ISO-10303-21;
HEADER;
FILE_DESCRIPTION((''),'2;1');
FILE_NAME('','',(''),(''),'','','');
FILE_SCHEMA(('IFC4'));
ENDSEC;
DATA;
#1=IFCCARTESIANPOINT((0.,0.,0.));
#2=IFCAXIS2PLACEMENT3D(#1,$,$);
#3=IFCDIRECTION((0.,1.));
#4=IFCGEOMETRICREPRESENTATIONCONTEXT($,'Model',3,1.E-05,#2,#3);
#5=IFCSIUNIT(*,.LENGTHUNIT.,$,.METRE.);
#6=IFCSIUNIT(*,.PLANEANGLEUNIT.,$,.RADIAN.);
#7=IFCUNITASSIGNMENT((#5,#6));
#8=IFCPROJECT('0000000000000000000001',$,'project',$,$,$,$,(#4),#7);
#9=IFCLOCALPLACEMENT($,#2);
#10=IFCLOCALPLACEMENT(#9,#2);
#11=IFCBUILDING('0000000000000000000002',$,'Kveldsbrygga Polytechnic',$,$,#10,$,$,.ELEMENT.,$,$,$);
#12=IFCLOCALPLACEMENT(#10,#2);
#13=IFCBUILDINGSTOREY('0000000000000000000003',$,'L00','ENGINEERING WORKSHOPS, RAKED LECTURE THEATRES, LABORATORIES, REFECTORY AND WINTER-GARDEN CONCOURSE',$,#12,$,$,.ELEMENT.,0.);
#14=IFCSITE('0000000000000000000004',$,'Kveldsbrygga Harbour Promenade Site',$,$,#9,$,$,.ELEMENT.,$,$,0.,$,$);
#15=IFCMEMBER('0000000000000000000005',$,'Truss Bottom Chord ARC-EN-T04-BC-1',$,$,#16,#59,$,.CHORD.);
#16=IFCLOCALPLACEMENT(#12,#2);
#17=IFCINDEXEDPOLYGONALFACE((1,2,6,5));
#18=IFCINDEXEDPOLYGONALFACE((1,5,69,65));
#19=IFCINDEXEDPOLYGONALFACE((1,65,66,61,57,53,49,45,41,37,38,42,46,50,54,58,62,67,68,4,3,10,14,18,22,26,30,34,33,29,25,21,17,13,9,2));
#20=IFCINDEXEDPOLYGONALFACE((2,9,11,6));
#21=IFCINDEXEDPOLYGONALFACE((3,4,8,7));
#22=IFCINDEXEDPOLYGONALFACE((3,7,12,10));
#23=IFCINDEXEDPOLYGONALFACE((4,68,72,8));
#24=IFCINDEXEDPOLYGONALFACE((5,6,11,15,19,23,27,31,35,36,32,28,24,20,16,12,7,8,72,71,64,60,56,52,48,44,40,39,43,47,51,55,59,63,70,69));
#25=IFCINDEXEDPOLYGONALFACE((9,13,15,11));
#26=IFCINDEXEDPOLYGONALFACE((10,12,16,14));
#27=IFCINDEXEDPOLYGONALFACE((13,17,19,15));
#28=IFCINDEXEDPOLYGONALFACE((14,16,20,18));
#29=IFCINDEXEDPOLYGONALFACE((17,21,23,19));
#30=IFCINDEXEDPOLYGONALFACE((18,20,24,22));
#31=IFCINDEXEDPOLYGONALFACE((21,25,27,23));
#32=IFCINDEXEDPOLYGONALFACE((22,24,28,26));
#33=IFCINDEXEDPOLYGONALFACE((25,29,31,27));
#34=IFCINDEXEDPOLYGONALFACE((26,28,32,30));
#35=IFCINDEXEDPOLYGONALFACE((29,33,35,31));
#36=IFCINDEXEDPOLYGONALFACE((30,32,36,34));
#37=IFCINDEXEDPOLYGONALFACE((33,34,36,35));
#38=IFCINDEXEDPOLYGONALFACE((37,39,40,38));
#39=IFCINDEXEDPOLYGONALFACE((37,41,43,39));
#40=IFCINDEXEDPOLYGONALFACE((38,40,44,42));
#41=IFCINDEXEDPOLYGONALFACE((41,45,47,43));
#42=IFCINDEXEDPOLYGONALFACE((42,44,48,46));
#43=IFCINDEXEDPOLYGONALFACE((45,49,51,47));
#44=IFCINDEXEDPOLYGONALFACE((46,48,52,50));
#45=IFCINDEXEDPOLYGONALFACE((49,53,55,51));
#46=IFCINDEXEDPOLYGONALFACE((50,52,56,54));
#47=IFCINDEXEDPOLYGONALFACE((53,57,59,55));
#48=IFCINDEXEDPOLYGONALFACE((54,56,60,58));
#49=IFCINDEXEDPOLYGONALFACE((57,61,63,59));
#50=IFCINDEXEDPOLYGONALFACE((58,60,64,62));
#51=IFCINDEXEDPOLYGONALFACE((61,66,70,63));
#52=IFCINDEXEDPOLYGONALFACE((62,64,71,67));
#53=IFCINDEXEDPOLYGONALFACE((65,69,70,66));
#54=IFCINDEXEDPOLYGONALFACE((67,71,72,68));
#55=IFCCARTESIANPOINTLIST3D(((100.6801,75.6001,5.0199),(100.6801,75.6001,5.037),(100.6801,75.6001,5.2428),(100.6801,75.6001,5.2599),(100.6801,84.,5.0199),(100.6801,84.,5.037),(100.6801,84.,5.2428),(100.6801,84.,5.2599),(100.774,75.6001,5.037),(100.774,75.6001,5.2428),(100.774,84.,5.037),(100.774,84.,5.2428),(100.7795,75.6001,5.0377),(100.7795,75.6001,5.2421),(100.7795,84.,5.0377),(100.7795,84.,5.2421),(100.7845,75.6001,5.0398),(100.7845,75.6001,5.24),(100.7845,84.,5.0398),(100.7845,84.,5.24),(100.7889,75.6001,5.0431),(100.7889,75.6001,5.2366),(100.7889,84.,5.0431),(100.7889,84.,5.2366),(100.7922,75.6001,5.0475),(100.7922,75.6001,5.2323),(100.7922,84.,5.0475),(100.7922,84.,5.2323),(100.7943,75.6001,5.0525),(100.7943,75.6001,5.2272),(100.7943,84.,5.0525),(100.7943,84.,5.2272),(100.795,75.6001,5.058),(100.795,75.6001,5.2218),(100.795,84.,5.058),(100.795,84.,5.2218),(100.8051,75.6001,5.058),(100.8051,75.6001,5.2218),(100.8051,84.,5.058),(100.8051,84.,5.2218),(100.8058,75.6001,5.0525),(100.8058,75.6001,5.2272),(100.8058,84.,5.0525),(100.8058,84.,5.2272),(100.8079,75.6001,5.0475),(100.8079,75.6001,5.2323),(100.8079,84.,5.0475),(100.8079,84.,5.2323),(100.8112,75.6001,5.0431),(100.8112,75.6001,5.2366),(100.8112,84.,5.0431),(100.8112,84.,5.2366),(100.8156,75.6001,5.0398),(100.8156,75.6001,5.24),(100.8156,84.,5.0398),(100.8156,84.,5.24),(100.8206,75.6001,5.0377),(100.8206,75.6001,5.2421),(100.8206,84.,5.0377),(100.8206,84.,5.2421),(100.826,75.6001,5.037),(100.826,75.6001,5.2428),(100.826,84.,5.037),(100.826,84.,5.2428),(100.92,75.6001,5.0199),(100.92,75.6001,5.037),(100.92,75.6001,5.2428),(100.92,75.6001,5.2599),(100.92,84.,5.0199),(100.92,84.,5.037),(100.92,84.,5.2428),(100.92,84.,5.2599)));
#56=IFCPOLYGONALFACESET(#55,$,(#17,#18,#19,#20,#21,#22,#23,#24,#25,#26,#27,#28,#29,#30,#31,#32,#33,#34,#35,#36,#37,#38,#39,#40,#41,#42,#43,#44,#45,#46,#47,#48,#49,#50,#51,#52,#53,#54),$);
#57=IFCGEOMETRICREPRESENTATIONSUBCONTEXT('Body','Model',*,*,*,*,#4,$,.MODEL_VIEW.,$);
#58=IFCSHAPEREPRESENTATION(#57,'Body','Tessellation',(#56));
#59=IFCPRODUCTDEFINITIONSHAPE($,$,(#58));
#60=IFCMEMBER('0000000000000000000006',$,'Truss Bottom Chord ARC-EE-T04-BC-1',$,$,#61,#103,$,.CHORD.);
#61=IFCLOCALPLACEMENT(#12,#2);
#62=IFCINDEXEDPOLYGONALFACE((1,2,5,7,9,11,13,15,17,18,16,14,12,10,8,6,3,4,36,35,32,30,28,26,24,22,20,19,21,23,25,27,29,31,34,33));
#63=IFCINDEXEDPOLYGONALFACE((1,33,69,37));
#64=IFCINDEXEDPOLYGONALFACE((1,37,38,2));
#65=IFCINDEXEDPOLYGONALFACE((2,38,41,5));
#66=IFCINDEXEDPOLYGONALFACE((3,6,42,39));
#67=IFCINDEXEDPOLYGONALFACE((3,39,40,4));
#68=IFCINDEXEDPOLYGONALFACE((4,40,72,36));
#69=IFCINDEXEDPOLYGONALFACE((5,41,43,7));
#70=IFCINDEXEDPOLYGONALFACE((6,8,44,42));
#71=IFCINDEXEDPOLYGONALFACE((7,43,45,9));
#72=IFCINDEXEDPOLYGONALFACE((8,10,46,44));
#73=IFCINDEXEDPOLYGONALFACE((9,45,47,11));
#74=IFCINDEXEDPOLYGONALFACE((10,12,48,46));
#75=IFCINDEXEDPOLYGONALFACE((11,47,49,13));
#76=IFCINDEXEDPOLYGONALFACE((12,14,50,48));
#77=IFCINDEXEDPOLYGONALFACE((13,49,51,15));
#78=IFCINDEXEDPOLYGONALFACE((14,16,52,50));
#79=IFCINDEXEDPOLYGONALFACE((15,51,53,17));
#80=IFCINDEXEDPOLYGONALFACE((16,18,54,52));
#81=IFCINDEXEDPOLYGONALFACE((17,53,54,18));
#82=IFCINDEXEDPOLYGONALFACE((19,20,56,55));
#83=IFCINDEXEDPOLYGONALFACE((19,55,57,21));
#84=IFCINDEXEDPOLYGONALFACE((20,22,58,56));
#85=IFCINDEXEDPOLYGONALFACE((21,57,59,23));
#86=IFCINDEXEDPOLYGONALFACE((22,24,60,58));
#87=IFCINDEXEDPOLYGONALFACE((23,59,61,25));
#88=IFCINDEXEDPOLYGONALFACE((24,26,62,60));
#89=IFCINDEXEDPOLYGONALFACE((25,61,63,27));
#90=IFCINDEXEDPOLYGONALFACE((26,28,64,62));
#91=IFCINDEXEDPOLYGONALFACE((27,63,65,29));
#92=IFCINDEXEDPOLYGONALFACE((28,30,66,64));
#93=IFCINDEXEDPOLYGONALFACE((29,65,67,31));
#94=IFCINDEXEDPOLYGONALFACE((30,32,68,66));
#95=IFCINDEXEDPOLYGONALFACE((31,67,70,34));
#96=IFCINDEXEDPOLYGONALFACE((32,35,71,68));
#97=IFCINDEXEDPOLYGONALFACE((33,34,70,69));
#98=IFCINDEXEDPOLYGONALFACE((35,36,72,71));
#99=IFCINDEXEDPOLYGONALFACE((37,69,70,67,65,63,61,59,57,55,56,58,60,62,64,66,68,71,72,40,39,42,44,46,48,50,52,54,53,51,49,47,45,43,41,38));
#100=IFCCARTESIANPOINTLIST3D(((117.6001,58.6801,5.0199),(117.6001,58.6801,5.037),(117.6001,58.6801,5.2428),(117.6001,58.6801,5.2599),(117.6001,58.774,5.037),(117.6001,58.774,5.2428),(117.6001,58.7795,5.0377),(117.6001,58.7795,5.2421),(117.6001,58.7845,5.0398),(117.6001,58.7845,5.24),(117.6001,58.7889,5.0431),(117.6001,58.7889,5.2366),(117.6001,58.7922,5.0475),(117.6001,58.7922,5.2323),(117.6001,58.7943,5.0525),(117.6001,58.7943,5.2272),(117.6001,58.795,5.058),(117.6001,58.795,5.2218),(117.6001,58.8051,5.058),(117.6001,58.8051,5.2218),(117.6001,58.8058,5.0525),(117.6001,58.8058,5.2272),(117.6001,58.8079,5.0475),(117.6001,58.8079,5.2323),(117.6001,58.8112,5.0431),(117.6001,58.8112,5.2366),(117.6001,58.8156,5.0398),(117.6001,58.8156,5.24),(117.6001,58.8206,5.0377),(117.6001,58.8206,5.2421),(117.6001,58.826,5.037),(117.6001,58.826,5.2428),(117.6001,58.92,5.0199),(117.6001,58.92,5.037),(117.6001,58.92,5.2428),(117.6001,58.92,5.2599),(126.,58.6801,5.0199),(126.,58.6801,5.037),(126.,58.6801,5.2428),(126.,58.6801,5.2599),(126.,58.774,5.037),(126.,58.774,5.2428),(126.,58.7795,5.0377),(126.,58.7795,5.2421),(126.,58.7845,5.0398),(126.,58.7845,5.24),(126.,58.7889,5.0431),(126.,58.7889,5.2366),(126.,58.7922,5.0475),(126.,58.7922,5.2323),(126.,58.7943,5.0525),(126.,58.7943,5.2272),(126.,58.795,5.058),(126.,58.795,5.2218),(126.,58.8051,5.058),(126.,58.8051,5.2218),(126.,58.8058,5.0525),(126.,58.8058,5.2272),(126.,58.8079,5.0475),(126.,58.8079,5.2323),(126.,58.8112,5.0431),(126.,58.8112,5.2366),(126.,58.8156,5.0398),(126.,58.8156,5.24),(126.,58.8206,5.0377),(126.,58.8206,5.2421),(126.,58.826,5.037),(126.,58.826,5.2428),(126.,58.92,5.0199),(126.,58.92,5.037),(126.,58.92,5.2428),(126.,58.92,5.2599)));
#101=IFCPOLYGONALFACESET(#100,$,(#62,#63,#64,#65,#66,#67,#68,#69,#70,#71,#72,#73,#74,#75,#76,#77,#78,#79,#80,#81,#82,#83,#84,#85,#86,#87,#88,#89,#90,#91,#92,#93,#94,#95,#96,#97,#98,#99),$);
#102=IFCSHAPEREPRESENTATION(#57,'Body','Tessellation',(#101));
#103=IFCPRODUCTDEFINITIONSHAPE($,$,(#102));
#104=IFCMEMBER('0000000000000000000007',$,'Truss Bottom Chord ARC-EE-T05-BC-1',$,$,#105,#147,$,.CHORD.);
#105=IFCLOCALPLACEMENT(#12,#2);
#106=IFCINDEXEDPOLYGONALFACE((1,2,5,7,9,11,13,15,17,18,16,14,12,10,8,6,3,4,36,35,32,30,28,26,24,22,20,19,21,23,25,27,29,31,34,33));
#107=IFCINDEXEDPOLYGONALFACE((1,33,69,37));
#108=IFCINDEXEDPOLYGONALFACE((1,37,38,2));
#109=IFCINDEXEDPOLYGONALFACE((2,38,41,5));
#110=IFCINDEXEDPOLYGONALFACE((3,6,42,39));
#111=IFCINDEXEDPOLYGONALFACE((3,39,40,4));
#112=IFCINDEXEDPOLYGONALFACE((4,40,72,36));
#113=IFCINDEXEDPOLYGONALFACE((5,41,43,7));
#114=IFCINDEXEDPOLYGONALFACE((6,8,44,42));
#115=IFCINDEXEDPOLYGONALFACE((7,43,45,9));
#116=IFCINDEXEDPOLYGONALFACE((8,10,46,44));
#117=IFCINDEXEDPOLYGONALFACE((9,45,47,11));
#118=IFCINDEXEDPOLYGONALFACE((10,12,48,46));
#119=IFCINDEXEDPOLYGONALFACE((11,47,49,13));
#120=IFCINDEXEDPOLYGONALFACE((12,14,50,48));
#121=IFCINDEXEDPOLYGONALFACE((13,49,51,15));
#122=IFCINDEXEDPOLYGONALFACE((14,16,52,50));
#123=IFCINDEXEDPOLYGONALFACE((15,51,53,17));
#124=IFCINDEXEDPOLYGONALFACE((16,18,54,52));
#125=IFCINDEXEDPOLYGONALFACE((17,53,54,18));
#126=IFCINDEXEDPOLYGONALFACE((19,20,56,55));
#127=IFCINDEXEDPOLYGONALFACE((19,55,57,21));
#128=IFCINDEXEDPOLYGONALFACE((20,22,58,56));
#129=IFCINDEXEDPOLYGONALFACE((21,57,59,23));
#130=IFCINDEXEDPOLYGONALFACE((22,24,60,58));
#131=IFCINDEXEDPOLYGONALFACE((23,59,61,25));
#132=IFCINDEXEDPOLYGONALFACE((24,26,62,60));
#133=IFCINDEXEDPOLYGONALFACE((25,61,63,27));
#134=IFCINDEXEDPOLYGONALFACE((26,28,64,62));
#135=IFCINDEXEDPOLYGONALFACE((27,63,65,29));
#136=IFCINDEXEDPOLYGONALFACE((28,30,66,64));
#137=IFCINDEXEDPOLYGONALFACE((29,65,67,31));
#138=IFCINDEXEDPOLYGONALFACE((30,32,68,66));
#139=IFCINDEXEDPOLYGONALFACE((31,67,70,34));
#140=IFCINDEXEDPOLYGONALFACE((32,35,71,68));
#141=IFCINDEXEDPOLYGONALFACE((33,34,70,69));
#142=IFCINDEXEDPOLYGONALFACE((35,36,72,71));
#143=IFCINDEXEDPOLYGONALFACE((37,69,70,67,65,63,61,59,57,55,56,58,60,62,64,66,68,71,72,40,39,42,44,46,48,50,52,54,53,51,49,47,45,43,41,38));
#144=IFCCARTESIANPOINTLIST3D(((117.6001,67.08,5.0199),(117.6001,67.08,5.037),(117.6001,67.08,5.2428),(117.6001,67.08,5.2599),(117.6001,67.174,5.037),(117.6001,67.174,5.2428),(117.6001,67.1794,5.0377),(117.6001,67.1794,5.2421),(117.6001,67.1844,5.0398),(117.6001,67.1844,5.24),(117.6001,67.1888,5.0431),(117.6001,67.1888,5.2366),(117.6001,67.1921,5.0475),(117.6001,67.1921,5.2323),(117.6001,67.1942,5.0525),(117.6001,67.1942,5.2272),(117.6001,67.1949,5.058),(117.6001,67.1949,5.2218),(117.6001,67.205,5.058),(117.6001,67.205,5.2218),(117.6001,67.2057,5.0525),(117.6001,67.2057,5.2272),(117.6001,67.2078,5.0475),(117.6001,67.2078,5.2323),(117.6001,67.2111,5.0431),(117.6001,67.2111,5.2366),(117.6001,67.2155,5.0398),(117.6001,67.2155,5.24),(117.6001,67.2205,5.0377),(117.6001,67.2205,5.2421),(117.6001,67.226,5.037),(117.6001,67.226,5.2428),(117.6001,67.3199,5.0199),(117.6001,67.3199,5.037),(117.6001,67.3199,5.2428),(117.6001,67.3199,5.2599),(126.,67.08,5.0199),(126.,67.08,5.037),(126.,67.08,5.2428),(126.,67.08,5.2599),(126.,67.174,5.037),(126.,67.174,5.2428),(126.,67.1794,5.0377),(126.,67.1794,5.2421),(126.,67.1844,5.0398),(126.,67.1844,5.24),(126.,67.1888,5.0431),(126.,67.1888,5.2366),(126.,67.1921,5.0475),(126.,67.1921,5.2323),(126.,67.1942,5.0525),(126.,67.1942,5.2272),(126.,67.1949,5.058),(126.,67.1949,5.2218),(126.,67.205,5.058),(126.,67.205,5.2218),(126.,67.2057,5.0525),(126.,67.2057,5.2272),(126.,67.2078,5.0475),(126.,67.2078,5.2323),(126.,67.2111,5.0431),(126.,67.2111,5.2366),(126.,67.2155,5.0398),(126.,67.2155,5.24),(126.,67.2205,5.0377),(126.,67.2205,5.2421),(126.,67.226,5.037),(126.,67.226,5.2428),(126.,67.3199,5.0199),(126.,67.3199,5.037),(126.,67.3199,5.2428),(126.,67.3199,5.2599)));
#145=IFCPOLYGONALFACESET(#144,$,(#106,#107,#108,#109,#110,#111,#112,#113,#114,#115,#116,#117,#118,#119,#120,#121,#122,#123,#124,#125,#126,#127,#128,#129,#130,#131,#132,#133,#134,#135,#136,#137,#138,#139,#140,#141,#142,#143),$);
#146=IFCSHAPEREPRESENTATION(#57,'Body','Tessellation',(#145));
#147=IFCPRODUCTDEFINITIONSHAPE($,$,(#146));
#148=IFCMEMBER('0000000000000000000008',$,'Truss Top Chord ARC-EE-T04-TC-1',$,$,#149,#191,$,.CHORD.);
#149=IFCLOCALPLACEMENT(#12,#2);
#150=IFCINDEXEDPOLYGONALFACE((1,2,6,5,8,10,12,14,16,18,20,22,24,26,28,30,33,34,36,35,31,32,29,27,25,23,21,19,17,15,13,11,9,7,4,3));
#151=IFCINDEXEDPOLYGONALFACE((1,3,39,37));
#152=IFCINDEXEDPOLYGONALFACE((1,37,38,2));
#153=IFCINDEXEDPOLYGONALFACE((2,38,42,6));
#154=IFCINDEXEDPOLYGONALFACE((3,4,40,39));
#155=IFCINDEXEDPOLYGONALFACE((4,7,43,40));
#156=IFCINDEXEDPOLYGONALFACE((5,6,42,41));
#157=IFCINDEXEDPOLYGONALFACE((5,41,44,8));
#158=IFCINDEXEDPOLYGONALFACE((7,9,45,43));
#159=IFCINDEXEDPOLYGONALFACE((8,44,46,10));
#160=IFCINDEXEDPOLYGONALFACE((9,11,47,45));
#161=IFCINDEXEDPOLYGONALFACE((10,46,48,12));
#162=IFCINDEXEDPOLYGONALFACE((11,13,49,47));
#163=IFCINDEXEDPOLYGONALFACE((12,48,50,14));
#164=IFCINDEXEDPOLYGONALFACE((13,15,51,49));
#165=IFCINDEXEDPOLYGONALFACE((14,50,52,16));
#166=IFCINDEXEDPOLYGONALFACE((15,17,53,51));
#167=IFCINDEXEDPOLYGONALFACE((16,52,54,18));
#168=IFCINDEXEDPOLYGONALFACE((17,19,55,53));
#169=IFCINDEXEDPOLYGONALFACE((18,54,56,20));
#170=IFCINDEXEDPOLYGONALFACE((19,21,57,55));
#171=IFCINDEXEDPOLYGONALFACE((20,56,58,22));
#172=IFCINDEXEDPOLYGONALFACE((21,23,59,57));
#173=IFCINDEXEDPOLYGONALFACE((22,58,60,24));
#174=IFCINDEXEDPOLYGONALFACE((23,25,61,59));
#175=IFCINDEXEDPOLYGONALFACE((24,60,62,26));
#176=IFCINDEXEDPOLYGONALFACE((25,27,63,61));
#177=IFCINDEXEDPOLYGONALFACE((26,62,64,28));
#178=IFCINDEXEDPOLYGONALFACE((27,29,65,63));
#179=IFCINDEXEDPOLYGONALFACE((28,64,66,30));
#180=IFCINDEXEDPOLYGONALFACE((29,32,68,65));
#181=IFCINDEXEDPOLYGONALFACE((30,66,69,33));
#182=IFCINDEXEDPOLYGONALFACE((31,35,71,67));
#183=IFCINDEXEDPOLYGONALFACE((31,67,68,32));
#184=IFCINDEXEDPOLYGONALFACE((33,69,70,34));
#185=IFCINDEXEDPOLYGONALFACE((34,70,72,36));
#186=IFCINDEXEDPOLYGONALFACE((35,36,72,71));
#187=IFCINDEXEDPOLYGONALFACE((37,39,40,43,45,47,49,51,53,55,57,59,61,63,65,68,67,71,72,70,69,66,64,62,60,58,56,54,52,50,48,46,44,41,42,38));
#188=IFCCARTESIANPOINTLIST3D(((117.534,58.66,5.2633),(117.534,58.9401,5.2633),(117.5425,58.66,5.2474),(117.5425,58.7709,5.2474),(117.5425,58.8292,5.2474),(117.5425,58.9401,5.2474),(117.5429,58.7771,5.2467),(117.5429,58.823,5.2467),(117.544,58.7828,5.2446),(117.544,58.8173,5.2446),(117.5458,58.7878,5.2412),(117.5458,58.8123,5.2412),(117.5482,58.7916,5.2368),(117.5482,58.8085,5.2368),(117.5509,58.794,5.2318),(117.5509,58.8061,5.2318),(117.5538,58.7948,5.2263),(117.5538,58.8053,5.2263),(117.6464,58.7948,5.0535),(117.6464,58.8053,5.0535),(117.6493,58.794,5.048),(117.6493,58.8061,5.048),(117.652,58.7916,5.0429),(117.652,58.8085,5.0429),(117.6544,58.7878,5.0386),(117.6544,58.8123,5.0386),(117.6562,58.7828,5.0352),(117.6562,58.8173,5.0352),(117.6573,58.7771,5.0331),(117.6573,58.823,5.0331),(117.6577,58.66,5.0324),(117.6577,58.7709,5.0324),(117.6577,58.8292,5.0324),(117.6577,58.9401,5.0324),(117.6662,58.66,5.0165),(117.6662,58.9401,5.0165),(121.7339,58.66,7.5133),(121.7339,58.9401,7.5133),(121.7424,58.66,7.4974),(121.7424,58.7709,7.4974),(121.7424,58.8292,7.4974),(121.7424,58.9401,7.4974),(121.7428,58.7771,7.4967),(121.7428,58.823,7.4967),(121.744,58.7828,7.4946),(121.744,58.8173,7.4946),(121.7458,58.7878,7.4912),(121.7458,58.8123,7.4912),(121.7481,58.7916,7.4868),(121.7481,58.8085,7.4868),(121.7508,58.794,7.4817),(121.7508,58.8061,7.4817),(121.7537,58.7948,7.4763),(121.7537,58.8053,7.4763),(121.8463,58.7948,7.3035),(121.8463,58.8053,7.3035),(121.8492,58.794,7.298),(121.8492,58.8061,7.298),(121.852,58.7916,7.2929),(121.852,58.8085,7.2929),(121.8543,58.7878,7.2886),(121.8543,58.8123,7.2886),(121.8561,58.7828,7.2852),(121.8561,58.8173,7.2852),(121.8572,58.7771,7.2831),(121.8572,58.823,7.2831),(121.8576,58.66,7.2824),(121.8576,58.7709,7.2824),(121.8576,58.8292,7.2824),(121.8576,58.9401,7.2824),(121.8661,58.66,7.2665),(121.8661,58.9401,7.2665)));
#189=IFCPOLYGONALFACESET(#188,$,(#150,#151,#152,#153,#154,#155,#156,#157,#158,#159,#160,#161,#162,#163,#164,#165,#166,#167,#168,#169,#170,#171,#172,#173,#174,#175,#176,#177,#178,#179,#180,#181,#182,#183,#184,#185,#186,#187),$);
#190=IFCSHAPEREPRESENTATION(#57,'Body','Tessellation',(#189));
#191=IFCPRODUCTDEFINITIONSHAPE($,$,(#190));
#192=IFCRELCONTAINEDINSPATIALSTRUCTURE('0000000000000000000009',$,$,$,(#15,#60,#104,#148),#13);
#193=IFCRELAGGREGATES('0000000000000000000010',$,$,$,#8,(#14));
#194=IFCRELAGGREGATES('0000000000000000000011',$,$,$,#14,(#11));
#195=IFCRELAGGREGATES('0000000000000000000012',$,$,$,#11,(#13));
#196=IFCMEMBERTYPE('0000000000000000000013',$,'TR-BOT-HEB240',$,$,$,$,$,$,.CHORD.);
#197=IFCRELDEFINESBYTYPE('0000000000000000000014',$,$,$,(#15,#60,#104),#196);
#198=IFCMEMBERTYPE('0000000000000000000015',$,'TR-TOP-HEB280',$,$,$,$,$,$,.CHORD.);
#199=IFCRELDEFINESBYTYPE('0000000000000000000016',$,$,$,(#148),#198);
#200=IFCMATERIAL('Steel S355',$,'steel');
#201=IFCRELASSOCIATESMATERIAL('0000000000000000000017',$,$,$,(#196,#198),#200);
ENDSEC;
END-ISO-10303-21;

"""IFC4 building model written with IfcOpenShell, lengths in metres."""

from ifc_helpers import new_model, si_unit, direction, frame, origin, origin_2d, place, context, subcontext, project, spatial, i_section, extrude, material, material_profile, profile_set, type_object, element, save


model = new_model("IFC4")

# Units and contexts
model_context = context("Model", 3, precision=1e-05, world=origin(), true_north=direction((0.0, 1.0)))
body_context = subcontext(model_context, "Body", "Model", "MODEL_VIEW")
ifc_project = project(units=[si_unit("LENGTHUNIT", "METRE"), si_unit("PLANEANGLEUNIT", "RADIAN")], contexts=[model_context])

# Site, building, storey
site_placement = place(None, origin())
site = spatial("IfcSite", under=ifc_project, at=site_placement, Name="Kveldsbrygga Harbour Promenade Site", CompositionType="ELEMENT", RefElevation=0.0)
building_placement = place(site_placement, origin())
building = spatial("IfcBuilding", under=site, at=building_placement, Name="Kveldsbrygga Polytechnic", CompositionType="ELEMENT")
storey_placement = place(building_placement, origin())
storey = spatial("IfcBuildingStorey", under=building, at=storey_placement, Name="L00", Description="ENGINEERING WORKSHOPS, RAKED LECTURE THEATRES, LABORATORIES, REFECTORY AND WINTER-GARDEN CONCOURSE", CompositionType="ELEMENT", Elevation=0.0)

# Members
ifc_material_1 = material(Name="Steel S355", Category="steel")
ifc_material_profile_1 = material_profile(ifc_material_1, i_section(OverallWidth=0.24, OverallDepth=0.24, WebThickness=0.01, FlangeThickness=0.0171, FilletRadius=0.021, at=origin_2d()), Name="HEB 240")
ifc_profile_set_1 = profile_set([ifc_material_profile_1], Name="Steel S355")
member_type_1 = type_object("IfcMemberType", Name="TR-BOT-HEB240", PredefinedType="CHORD", material=ifc_profile_set_1)
for number, where, z_axis, x_axis, name in (
    (1, (100.8, 75.6001, 5.1399), (0.0, 1.0, 0.0), (-1.0, 0.0, 0.0), "Truss Bottom Chord ARC-EN-T04-BC-1"),
    (2, (117.6001, 58.8, 5.1399), (1.0, 0.0, 0.0), (0.0, 1.0, 0.0), "Truss Bottom Chord ARC-EE-T04-BC-1"),
    (3, (117.6001, 67.2, 5.1399), (1.0, 0.0, 0.0), (0.0, 1.0, 0.0), "Truss Bottom Chord ARC-EE-T05-BC-1"),
):
    element("IfcMember", number, at=place(storey_placement, frame(where, z_axis=z_axis, x_axis=x_axis)), inside=storey, type_object=member_type_1, Name=name, PredefinedType="CHORD", context=body_context, shape_type="SweptSolid", body=[
        extrude(i_section(OverallWidth=0.24, OverallDepth=0.24, WebThickness=0.01, FlangeThickness=0.0171, FilletRadius=0.021, at=origin_2d()), origin(), (0.0, 0.0, 1.0), 8.3999),
    ])
ifc_material_profile_2 = material_profile(ifc_material_1, i_section(OverallWidth=0.28, OverallDepth=0.28, WebThickness=0.0105, FlangeThickness=0.0181, FilletRadius=0.0239, at=origin_2d()), Name="HEB 280")
ifc_profile_set_2 = profile_set([ifc_material_profile_2], Name="Steel S355")
member_type_2 = type_object("IfcMemberType", Name="TR-TOP-HEB280", PredefinedType="CHORD", material=ifc_profile_set_2)
for number, where, z_axis, x_axis, name in (
    (4, (117.6001, 58.8, 5.1399), (0.881478, 0.0, 0.472226), (0.0, 1.0, 0.0), "Truss Top Chord ARC-EE-T04-TC-1"),
):
    element("IfcMember", number, at=place(storey_placement, frame(where, z_axis=z_axis, x_axis=x_axis)), inside=storey, type_object=member_type_2, Name=name, PredefinedType="CHORD", context=body_context, shape_type="SweptSolid", body=[
        extrude(i_section(OverallWidth=0.28, OverallDepth=0.28, WebThickness=0.0105, FlangeThickness=0.0181, FilletRadius=0.0239, at=origin_2d()), origin(), (0.0, 0.0, 1.0), 4.7646),
    ])

save(model, "model.ifc")
